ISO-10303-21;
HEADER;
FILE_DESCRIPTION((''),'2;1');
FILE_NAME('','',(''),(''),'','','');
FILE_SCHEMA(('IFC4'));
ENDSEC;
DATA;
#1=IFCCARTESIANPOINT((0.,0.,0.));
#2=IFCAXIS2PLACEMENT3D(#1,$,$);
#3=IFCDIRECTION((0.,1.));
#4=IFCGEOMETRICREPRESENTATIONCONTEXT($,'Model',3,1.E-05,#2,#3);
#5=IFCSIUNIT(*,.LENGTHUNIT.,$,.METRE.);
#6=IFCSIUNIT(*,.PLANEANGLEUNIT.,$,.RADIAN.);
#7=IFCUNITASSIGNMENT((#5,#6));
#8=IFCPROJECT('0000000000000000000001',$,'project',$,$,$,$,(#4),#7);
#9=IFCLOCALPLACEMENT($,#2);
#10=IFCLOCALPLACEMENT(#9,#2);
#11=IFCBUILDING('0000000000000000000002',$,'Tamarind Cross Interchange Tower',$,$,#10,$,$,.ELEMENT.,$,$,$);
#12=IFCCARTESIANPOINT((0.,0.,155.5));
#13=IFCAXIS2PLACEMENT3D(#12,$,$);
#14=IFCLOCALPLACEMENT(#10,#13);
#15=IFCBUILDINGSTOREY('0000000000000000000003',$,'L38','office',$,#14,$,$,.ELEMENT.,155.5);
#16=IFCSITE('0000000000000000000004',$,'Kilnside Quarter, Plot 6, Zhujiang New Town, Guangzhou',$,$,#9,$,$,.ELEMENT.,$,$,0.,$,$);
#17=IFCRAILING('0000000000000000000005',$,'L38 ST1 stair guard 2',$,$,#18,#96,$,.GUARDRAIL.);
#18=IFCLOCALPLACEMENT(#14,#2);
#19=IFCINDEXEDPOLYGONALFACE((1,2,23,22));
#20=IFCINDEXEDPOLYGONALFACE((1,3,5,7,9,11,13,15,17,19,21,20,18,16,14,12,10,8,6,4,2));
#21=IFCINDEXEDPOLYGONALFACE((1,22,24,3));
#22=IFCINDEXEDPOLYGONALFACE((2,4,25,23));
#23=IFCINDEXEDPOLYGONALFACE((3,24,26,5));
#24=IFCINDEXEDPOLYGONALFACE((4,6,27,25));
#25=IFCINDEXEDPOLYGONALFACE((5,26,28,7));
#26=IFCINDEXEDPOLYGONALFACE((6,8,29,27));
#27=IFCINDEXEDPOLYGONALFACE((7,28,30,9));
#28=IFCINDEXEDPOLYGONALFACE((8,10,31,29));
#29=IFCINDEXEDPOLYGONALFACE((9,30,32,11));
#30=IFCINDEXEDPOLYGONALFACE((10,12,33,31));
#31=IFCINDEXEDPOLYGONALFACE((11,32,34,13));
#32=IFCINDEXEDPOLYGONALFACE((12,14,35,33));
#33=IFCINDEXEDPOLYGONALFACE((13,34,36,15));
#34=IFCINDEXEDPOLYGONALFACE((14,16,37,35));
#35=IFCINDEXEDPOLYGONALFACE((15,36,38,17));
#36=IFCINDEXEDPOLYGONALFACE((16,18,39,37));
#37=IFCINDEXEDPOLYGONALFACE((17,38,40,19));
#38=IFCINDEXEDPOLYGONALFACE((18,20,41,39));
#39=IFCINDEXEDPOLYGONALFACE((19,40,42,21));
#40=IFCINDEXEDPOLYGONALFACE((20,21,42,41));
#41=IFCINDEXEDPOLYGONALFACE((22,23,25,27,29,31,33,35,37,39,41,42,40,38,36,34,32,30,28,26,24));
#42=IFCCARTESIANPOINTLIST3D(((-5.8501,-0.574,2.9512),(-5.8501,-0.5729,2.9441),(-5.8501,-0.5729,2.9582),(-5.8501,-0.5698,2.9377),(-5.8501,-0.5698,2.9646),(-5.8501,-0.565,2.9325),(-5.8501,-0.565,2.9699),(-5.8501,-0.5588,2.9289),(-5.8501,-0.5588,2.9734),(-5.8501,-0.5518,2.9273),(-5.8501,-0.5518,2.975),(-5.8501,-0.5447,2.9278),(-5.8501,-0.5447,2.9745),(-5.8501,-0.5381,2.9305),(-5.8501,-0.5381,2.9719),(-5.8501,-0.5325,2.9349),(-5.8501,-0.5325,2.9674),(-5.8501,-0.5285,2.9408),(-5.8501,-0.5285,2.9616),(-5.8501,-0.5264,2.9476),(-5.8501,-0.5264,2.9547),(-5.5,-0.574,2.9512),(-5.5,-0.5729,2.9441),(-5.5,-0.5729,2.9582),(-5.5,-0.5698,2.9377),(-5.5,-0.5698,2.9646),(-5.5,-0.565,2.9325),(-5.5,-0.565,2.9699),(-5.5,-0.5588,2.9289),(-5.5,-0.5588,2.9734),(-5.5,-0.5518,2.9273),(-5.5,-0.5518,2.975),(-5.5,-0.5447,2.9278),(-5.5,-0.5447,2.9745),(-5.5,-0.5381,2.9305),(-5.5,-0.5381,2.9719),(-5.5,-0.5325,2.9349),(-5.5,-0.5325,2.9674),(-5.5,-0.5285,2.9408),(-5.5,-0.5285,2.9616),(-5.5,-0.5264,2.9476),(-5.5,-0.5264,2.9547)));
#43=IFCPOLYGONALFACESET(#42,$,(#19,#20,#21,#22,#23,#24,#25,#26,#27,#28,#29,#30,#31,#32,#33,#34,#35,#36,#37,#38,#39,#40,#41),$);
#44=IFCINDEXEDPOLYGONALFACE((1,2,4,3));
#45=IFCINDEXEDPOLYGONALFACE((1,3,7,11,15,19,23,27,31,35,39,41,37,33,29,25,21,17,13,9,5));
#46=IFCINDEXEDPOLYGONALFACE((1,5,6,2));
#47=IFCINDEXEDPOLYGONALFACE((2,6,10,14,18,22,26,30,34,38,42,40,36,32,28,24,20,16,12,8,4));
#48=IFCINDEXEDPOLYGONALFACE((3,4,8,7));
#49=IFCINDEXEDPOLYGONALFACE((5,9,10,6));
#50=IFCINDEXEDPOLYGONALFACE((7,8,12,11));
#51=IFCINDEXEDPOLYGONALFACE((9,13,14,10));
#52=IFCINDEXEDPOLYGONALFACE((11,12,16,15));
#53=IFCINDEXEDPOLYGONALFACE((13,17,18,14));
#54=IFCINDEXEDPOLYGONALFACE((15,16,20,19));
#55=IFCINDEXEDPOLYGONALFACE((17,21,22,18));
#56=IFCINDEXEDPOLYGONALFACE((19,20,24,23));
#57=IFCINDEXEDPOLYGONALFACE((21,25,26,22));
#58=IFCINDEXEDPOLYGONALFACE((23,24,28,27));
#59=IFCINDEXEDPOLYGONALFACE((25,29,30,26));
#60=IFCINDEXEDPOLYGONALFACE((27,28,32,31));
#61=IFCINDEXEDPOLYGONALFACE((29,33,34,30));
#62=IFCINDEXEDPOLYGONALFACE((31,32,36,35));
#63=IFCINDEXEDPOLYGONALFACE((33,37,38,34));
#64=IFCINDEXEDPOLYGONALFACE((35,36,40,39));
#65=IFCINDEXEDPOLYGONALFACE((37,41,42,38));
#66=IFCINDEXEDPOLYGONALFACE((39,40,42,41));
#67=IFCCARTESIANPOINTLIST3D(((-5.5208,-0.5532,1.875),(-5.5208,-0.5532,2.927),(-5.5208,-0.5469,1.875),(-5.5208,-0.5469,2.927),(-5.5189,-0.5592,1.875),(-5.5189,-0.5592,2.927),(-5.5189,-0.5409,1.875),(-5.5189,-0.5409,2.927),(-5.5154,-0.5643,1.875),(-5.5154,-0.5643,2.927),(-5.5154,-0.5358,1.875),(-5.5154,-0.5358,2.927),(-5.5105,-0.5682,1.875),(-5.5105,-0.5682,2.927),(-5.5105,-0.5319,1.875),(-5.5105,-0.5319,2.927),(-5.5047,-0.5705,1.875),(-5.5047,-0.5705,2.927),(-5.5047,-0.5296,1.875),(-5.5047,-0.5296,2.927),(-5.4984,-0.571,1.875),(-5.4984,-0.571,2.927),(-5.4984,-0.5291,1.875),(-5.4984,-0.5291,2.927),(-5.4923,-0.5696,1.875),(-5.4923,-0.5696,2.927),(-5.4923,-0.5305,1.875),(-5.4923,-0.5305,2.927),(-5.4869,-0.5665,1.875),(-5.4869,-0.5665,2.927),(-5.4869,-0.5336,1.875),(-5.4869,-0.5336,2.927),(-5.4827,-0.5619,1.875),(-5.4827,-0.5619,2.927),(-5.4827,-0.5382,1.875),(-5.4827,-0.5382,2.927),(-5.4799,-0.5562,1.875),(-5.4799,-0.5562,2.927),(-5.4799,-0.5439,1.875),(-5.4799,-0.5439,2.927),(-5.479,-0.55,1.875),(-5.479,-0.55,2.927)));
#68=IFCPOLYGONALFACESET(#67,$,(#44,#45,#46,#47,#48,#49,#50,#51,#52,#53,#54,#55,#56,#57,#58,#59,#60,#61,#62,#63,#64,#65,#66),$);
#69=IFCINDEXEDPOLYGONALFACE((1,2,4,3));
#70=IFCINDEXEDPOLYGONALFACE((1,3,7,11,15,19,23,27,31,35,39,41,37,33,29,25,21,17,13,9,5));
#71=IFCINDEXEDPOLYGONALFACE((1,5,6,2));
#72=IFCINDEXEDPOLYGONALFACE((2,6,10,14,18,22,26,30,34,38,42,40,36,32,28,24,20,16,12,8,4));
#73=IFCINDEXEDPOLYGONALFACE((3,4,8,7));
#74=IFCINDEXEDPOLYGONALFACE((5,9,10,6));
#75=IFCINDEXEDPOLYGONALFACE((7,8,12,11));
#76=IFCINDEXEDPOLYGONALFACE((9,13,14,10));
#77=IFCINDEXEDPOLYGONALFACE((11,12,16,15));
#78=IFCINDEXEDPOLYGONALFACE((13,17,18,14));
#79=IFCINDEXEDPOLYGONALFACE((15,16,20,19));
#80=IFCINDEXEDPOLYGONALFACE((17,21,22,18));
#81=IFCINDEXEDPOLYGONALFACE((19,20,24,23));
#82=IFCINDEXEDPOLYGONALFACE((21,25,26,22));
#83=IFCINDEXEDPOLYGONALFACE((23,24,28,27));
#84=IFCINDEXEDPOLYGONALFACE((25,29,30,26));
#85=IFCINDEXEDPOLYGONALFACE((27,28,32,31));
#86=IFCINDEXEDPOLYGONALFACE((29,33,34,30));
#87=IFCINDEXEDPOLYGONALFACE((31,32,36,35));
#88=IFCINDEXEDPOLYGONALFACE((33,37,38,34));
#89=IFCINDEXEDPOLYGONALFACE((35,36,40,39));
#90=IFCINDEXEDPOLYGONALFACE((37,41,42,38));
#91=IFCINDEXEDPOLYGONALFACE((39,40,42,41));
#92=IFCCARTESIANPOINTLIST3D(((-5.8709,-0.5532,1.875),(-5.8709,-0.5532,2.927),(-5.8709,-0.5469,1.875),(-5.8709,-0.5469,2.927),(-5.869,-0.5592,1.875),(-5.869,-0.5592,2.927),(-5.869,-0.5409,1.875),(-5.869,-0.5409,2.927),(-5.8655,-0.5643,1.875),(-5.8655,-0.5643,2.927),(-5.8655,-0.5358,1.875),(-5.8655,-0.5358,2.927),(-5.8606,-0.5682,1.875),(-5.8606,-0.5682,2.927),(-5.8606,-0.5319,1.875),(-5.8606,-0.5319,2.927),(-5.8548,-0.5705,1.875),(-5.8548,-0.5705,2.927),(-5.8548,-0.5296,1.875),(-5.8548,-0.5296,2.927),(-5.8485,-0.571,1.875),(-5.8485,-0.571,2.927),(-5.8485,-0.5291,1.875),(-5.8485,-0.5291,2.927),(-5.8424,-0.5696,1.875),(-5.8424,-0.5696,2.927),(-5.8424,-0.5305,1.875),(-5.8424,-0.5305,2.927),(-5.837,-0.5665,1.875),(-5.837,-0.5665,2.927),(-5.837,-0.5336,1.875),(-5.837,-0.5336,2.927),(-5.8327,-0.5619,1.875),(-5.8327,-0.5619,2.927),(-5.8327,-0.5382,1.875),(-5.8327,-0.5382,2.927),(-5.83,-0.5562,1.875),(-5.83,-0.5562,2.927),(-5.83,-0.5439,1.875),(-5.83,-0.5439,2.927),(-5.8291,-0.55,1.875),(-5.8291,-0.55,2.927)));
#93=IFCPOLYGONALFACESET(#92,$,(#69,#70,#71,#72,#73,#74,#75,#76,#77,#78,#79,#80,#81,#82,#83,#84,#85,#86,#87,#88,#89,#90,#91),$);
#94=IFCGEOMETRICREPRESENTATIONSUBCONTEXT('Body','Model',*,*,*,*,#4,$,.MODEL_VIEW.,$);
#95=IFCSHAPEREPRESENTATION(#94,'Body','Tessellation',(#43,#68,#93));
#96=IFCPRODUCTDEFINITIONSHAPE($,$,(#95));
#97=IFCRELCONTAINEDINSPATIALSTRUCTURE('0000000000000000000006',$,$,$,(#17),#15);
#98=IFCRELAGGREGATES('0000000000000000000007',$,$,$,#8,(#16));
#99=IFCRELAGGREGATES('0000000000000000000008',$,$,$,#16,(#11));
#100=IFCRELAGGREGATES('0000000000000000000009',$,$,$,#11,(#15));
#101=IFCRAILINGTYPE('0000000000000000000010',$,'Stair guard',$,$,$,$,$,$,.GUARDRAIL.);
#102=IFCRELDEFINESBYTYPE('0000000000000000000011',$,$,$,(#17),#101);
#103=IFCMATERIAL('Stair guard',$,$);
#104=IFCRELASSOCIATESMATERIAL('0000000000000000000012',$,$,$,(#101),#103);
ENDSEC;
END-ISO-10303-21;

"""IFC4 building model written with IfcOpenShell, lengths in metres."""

from ifc_helpers import new_model, si_unit, direction, frame, origin, origin_2d, place, context, subcontext, project, spatial, circle, extrude, material, type_object, element, save


model = new_model("IFC4")

# Units and contexts
model_context = context("Model", 3, precision=1e-05, world=origin(), true_north=direction((0.0, 1.0)))
body_context = subcontext(model_context, "Body", "Model", "MODEL_VIEW")
ifc_project = project(units=[si_unit("LENGTHUNIT", "METRE"), si_unit("PLANEANGLEUNIT", "RADIAN")], contexts=[model_context])

# Site, building, storey
site_placement = place(None, origin())
site = spatial("IfcSite", under=ifc_project, at=site_placement, Name="Kilnside Quarter, Plot 6, Zhujiang New Town, Guangzhou", CompositionType="ELEMENT", RefElevation=0.0)
building_placement = place(site_placement, origin())
building = spatial("IfcBuilding", under=site, at=building_placement, Name="Tamarind Cross Interchange Tower", CompositionType="ELEMENT")
storey_placement = place(building_placement, frame((0.0, 0.0, 155.5)))
storey = spatial("IfcBuildingStorey", under=building, at=storey_placement, Name="L38", Description="office", CompositionType="ELEMENT", Elevation=155.5)

# Railing
ifc_material_1 = material(Name="Stair guard")
railing_type_1 = type_object("IfcRailingType", Name="Stair guard", PredefinedType="GUARDRAIL", material=ifc_material_1)
railing_1_placement = place(storey_placement, frame((-5.5, -0.55, 1.875)))
element("IfcRailing", 1, at=railing_1_placement, inside=storey, type_object=railing_type_1, Name="L38 ST1 stair guard 2", PredefinedType="GUARDRAIL", context=body_context, shape_type="SweptSolid", body=[
    extrude(circle(Radius=0.0239, at=origin_2d()), frame((0.0, 0.0, 1.0762), z_axis=(-1.0, 0.0, 0.0), x_axis=(0.0, -1.0, 0.0)), (0.0, 0.0, 1.0), 0.3501),
    extrude(circle(Radius=0.021, at=origin_2d()), origin(), (0.0, 0.0, 1.0), 1.052),
    extrude(circle(Radius=0.021, at=origin_2d()), frame((-0.3501, 0.0, 0.0)), (0.0, 0.0, 1.0), 1.052),
])

save(model, "model.ifc")
